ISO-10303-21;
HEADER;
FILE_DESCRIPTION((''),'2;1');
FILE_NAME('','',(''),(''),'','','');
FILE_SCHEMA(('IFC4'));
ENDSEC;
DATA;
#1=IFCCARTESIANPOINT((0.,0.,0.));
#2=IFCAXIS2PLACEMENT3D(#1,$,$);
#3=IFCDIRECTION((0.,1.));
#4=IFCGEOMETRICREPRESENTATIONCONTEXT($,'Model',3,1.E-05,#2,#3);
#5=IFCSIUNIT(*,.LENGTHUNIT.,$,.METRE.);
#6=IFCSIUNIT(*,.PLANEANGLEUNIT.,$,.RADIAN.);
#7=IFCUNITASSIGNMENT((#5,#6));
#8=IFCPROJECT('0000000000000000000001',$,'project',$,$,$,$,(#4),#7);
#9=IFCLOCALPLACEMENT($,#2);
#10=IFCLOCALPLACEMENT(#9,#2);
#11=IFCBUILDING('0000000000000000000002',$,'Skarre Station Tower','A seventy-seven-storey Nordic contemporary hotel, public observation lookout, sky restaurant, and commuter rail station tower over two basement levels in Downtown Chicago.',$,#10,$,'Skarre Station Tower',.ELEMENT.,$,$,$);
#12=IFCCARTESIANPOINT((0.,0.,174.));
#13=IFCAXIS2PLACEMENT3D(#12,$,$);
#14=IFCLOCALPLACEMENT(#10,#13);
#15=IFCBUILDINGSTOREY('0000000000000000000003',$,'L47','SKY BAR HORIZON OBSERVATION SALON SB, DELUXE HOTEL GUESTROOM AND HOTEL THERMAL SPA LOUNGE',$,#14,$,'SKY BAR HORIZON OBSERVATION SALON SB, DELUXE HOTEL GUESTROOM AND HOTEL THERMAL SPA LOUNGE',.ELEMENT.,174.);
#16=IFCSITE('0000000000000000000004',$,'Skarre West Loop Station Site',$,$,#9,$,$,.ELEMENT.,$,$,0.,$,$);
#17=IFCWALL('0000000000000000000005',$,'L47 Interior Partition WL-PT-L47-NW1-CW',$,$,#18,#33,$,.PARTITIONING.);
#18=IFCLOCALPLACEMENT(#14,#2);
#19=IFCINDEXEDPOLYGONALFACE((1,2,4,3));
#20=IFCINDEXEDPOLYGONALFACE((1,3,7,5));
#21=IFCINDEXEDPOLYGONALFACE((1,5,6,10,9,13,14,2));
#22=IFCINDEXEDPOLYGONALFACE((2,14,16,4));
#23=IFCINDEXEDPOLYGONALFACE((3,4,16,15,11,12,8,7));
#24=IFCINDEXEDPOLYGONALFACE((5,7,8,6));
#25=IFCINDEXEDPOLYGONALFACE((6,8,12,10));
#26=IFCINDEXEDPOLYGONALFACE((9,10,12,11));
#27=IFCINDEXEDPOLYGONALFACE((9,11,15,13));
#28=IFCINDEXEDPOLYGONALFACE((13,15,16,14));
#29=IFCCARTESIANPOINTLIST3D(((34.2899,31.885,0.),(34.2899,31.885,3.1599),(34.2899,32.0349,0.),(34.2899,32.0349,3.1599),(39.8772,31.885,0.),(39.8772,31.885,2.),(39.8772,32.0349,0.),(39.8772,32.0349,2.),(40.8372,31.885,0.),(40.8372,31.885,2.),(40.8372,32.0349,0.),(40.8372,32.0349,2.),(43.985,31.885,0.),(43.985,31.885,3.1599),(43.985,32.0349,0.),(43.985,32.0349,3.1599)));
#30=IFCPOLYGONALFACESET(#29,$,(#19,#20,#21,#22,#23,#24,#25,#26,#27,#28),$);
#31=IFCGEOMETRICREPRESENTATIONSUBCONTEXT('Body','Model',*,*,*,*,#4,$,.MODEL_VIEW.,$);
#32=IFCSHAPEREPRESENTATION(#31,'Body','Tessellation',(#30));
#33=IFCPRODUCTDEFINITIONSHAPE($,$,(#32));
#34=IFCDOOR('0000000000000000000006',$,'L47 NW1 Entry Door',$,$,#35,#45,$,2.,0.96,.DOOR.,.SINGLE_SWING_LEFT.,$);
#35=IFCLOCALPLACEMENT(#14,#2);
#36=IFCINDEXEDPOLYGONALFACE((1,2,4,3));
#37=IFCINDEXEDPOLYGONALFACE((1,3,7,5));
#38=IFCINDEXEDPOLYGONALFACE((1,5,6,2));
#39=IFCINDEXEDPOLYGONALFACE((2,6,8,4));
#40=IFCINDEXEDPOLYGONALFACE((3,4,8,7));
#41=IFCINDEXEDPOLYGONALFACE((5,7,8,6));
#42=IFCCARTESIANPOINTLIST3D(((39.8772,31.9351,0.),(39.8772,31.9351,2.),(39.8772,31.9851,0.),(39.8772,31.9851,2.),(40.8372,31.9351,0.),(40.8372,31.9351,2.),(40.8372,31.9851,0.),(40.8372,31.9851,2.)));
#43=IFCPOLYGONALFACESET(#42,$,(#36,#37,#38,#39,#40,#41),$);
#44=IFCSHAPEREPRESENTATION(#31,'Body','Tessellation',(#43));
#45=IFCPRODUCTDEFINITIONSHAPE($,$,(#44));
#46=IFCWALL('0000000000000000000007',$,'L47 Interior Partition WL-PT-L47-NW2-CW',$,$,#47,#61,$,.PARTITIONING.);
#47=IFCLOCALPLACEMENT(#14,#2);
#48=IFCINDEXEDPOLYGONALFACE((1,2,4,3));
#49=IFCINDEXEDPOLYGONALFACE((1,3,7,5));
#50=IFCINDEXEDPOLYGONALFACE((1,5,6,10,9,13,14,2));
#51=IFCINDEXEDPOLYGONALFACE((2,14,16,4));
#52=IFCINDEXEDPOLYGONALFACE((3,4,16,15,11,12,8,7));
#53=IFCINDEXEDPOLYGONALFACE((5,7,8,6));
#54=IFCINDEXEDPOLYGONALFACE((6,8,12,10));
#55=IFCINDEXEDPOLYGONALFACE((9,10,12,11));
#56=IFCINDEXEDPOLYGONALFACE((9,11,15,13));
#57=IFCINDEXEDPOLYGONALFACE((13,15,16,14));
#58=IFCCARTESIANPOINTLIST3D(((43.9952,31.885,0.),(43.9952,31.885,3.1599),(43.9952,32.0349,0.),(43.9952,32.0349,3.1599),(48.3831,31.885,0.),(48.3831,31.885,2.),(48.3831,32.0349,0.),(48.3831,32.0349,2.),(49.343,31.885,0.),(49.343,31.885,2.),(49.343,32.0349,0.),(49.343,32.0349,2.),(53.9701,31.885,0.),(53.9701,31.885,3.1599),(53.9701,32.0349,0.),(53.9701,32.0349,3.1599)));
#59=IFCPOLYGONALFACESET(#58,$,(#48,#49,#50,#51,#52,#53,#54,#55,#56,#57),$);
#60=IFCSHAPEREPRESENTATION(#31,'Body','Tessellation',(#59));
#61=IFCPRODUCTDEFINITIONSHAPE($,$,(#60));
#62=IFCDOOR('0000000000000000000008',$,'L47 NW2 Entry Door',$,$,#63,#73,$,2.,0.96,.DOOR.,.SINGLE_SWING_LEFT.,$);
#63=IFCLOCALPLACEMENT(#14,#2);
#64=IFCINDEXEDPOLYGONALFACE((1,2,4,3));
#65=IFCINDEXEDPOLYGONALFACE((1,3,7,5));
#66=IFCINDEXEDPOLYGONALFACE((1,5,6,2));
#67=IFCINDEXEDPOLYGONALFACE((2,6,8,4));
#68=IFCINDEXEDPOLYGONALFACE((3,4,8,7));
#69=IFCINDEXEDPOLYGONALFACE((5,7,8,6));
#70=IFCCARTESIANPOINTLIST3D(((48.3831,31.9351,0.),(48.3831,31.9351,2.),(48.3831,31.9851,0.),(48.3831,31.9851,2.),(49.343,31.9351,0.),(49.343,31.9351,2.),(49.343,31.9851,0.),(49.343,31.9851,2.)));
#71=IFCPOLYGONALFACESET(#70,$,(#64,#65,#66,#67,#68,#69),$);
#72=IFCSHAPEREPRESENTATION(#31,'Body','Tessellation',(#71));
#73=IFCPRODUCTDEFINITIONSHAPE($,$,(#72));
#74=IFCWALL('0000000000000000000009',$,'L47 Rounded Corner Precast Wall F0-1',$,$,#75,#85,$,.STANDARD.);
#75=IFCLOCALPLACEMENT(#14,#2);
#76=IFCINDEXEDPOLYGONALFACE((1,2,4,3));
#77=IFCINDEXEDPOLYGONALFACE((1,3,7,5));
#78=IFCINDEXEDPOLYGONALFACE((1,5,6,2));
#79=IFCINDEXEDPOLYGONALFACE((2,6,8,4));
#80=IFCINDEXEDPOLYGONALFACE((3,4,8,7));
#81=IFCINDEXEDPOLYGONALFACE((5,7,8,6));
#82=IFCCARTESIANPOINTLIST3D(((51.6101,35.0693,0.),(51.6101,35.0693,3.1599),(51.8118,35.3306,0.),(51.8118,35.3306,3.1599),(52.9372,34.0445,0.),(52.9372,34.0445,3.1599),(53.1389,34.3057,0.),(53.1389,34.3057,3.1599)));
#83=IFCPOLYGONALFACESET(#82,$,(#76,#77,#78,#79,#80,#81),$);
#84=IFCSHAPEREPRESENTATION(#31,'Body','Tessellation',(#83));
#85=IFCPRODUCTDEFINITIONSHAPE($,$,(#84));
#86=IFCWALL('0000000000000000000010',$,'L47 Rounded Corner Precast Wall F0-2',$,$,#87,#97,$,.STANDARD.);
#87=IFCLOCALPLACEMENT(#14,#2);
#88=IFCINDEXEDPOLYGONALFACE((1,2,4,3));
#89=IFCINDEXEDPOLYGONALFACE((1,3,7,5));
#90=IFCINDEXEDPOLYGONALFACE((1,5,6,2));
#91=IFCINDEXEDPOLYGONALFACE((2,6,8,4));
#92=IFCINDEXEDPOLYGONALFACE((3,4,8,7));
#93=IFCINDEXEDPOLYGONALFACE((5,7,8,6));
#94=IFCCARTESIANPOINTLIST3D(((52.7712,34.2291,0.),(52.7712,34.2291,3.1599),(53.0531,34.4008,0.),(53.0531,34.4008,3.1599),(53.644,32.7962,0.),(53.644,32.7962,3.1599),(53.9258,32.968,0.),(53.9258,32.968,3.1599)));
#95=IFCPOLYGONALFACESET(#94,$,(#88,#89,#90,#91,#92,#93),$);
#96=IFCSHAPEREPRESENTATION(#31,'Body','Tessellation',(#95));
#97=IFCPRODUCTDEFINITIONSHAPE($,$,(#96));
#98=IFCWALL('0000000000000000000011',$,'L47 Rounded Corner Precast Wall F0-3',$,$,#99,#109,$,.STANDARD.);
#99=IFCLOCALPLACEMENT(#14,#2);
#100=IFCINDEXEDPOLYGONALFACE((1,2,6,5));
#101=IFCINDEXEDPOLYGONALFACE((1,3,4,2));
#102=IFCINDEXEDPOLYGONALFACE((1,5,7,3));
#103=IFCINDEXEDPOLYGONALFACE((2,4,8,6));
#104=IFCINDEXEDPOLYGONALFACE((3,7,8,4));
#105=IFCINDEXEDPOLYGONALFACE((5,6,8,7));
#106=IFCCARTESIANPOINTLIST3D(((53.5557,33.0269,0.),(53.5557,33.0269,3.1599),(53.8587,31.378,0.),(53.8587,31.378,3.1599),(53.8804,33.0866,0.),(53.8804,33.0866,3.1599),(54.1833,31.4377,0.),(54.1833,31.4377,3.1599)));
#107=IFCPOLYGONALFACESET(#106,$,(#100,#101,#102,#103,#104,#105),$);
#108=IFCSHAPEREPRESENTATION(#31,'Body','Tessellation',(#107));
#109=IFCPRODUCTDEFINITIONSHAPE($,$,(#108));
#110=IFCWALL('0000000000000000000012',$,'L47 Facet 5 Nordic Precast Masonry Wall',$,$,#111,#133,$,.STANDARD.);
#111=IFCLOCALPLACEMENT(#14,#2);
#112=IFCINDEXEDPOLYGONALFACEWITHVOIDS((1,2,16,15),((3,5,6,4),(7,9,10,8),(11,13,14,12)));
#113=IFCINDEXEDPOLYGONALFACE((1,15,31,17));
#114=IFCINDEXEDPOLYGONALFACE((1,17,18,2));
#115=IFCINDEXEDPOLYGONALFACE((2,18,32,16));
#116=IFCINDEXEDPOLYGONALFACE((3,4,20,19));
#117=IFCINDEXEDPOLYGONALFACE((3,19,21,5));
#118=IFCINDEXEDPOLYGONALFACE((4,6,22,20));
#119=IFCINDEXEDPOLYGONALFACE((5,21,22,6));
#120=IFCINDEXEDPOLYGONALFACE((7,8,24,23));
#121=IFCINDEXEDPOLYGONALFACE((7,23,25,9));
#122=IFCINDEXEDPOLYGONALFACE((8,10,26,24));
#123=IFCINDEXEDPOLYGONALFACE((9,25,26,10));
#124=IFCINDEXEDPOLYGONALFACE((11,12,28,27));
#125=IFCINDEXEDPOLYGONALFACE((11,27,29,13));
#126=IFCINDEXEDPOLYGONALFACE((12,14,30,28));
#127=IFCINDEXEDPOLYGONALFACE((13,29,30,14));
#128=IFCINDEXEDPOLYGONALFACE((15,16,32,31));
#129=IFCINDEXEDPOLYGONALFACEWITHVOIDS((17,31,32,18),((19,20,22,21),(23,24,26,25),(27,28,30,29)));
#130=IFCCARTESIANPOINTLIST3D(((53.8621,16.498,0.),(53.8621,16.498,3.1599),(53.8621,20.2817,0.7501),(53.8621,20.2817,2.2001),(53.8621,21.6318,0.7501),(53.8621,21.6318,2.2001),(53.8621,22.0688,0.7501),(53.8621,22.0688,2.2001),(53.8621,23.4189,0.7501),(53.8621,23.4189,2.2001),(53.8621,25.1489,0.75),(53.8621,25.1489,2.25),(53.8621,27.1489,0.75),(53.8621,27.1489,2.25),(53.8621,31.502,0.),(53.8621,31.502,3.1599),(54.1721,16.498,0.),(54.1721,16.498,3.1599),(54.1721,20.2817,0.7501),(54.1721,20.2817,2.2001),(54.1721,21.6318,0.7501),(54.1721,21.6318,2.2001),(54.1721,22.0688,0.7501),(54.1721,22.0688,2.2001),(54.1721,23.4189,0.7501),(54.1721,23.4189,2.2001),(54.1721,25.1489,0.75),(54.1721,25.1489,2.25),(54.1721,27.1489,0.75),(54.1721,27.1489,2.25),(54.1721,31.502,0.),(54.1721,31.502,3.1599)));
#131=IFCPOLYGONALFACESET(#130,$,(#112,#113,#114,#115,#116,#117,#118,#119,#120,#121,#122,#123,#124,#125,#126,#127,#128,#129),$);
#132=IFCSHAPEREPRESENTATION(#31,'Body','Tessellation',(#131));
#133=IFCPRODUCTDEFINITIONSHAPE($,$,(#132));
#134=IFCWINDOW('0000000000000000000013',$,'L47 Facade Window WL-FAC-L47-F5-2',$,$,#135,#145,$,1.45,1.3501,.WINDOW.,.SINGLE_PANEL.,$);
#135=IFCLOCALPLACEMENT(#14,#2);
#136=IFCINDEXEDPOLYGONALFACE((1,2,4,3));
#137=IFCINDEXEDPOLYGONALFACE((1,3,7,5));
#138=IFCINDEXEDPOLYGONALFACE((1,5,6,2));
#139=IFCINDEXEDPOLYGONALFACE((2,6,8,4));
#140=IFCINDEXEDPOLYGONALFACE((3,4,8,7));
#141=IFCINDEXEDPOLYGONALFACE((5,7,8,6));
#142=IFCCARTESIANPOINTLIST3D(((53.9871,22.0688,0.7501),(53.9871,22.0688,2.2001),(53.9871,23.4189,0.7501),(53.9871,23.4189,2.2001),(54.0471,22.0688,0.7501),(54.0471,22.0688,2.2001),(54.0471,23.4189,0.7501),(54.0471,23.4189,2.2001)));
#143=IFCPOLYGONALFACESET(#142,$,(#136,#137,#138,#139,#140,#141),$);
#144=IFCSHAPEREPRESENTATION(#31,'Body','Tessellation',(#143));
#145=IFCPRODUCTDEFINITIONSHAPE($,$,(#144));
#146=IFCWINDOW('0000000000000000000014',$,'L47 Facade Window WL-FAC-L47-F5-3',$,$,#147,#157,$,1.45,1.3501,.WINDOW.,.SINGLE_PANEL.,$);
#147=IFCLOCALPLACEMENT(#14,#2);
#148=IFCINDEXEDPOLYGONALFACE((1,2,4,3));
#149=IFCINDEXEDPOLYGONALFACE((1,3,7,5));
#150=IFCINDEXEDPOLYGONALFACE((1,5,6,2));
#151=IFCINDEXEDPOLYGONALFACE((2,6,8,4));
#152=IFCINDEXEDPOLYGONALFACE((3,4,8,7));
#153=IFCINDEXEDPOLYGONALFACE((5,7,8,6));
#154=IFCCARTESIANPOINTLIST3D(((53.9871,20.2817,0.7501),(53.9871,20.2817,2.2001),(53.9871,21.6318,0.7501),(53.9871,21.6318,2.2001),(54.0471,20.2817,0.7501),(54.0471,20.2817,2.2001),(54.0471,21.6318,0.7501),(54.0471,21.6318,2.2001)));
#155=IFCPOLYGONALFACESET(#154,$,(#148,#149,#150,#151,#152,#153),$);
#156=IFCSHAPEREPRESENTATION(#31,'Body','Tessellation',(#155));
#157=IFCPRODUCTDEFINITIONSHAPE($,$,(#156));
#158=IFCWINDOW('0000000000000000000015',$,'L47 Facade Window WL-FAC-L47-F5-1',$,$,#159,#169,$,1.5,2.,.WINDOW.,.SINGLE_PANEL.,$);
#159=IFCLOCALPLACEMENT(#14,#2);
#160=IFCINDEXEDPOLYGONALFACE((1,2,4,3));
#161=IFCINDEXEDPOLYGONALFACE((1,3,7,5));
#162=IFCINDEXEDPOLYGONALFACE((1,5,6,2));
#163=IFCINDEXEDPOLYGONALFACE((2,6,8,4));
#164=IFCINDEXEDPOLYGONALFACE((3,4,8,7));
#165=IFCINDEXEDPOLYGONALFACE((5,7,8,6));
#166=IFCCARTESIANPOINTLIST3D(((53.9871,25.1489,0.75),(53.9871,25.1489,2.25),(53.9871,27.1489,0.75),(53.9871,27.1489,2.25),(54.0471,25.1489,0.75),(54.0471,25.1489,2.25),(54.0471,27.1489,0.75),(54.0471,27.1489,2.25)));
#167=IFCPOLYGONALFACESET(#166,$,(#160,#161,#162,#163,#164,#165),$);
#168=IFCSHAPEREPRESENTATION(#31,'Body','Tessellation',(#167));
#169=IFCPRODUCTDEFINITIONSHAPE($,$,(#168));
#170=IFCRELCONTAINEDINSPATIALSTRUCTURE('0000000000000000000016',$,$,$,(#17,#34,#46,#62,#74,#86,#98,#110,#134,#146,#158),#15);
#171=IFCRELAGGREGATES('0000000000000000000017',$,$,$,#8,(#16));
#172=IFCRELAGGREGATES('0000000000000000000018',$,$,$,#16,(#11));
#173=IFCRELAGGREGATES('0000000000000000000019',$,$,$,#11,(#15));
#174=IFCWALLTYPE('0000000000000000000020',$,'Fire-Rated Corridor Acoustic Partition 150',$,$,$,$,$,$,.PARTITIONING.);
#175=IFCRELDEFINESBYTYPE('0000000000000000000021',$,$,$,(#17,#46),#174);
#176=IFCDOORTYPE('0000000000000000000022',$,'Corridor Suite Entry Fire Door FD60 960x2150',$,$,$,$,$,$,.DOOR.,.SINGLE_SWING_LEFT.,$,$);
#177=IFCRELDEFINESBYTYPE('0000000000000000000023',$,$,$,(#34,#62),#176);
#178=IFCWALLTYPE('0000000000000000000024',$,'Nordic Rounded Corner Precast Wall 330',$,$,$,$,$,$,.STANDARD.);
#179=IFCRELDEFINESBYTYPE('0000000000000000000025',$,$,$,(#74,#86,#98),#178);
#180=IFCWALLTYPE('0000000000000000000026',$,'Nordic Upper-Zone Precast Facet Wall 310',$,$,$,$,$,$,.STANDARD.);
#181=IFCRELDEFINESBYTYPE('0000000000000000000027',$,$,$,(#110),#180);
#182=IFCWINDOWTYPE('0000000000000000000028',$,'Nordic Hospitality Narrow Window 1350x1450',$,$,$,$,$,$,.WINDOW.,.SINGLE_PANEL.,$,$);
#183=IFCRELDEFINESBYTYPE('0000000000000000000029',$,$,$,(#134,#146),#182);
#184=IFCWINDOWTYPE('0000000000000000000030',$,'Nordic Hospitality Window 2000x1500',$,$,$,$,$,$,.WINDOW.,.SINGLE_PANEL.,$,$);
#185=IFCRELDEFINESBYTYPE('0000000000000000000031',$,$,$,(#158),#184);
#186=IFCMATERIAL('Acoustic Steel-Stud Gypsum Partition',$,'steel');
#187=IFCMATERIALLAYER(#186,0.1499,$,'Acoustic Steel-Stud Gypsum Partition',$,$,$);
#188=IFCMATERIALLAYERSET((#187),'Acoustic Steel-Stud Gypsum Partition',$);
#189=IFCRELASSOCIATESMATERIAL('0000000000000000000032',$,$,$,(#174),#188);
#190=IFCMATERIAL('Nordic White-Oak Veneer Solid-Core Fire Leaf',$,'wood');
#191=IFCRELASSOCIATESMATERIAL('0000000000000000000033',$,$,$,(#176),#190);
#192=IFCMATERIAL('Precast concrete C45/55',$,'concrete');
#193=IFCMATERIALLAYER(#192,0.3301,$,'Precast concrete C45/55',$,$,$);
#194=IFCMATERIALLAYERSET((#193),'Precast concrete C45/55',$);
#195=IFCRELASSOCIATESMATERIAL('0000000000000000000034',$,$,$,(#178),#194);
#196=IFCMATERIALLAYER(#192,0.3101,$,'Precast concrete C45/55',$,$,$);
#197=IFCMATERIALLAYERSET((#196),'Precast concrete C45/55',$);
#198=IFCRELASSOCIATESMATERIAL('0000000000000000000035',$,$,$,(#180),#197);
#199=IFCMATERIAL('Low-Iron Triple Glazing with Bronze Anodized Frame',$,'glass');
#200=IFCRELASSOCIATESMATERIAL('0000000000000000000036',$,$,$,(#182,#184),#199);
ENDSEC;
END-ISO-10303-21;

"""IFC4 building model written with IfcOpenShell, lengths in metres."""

from ifc_helpers import new_model, si_unit, direction, frame, frame_2d, origin, place, context, subcontext, project, spatial, rectangle, extrude, material, layer, layer_set, type_object, element, fill, save


model = new_model("IFC4")

# Units and contexts
model_context = context("Model", 3, precision=1e-05, world=origin(), true_north=direction((0.0, 1.0)))
body_context = subcontext(model_context, "Body", "Model", "MODEL_VIEW")
ifc_project = project(units=[si_unit("LENGTHUNIT", "METRE"), si_unit("PLANEANGLEUNIT", "RADIAN")], contexts=[model_context])

# Site, building, storey
site_placement = place(None, origin())
site = spatial("IfcSite", under=ifc_project, at=site_placement, Name="Skarre West Loop Station Site", CompositionType="ELEMENT", RefElevation=0.0)
building_placement = place(site_placement, origin())
building = spatial("IfcBuilding", under=site, at=building_placement, Name="Skarre Station Tower", Description="A seventy-seven-storey Nordic contemporary hotel, public observation lookout, sky restaurant, and commuter rail station tower over two basement levels in Downtown Chicago.", LongName="Skarre Station Tower", CompositionType="ELEMENT")
storey_placement = place(building_placement, frame((0.0, 0.0, 174.0)))
storey = spatial("IfcBuildingStorey", under=building, at=storey_placement, Name="L47", Description="SKY BAR HORIZON OBSERVATION SALON SB, DELUXE HOTEL GUESTROOM AND HOTEL THERMAL SPA LOUNGE", LongName="SKY BAR HORIZON OBSERVATION SALON SB, DELUXE HOTEL GUESTROOM AND HOTEL THERMAL SPA LOUNGE", CompositionType="ELEMENT", Elevation=174.0)

# Walls, openings, doors
ifc_material_1 = material(Name="Acoustic Steel-Stud Gypsum Partition", Category="steel")
ifc_layer_1 = layer(ifc_material_1, 0.1499, Name="Acoustic Steel-Stud Gypsum Partition")
ifc_layer_set_1 = layer_set([ifc_layer_1], Name="Acoustic Steel-Stud Gypsum Partition")
wall_type_1 = type_object("IfcWallType", Name="Fire-Rated Corridor Acoustic Partition 150", PredefinedType="PARTITIONING", material=ifc_layer_set_1)
wall_1_placement = place(storey_placement, frame((43.9851, 31.96, 0.0), z_axis=(0.0, 0.0, 1.0), x_axis=(-1.0, 0.0, 0.0)))
wall_1 = element("IfcWall", 1, at=wall_1_placement, inside=storey, type_object=wall_type_1, Name="L47 Interior Partition WL-PT-L47-NW1-CW", PredefinedType="PARTITIONING", context=body_context, shape_type="SweptSolid", body=[
    extrude(rectangle(XDim=9.6951, YDim=0.1499, at=frame_2d((4.8477, 0.0))), origin(), (0.0, 0.0, 1.0), 3.1599),
])
opening_1_placement = place(wall_1_placement, frame((3.1479, 0.0, 0.0)))
opening_1 = element("IfcOpeningElement", 2, at=opening_1_placement, cuts=wall_1, PredefinedType="OPENING", context=body_context, shape_type="SweptSolid", body=[
    extrude(rectangle(XDim=0.96, YDim=2.0, at=frame_2d((0.48, 1.0))), frame((0.0, 0.085, 0.0), z_axis=(0.0, -1.0, 0.0), x_axis=(1.0, 0.0, 0.0)), (0.0, 0.0, 1.0), 0.1699),
])
ifc_material_2 = material(Name="Nordic White-Oak Veneer Solid-Core Fire Leaf", Category="wood")
door_type = type_object("IfcDoorType", Name="Corridor Suite Entry Fire Door FD60 960x2150", OperationType="SINGLE_SWING_LEFT", PredefinedType="DOOR", material=ifc_material_2)
door_1_placement = place(opening_1_placement, origin())
door_1 = element("IfcDoor", 3, at=door_1_placement, inside=storey, type_object=door_type, Name="L47 NW1 Entry Door", OperationType="SINGLE_SWING_LEFT", OverallHeight=2.0, OverallWidth=0.96, PredefinedType="DOOR", context=body_context, shape_type="SweptSolid", body=[
    extrude(rectangle(XDim=0.96, YDim=2.0, at=frame_2d((0.48, 1.0))), frame((0.0, 0.0249, 0.0), z_axis=(0.0, -1.0, 0.0), x_axis=(1.0, 0.0, 0.0)), (0.0, 0.0, 1.0), 0.05),
])
fill(opening_1, door_1)
wall_2_placement = place(storey_placement, frame((53.97, 31.96, 0.0), z_axis=(0.0, 0.0, 1.0), x_axis=(-1.0, 0.0, 0.0)))
wall_2 = element("IfcWall", 4, at=wall_2_placement, inside=storey, type_object=wall_type_1, Name="L47 Interior Partition WL-PT-L47-NW2-CW", PredefinedType="PARTITIONING", context=body_context, shape_type="SweptSolid", body=[
    extrude(rectangle(XDim=9.9749, YDim=0.1499, at=frame_2d((4.9873, 0.0))), origin(), (0.0, 0.0, 1.0), 3.1599),
])
opening_2_placement = place(wall_2_placement, frame((4.627, 0.0, 0.0)))
opening_2 = element("IfcOpeningElement", 5, at=opening_2_placement, cuts=wall_2, PredefinedType="OPENING", context=body_context, shape_type="SweptSolid", body=[
    extrude(rectangle(XDim=0.96, YDim=2.0, at=frame_2d((0.48, 1.0))), frame((0.0, 0.085, 0.0), z_axis=(0.0, -1.0, 0.0), x_axis=(1.0, 0.0, 0.0)), (0.0, 0.0, 1.0), 0.1699),
])
door_2_placement = place(opening_2_placement, origin())
door_2 = element("IfcDoor", 6, at=door_2_placement, inside=storey, type_object=door_type, Name="L47 NW2 Entry Door", OperationType="SINGLE_SWING_LEFT", OverallHeight=2.0, OverallWidth=0.96, PredefinedType="DOOR", context=body_context, shape_type="SweptSolid", body=[
    extrude(rectangle(XDim=0.96, YDim=2.0, at=frame_2d((0.48, 1.0))), frame((0.0, 0.0249, 0.0), z_axis=(0.0, -1.0, 0.0), x_axis=(1.0, 0.0, 0.0)), (0.0, 0.0, 1.0), 0.05),
])
fill(opening_2, door_2)

# Walls
ifc_material_3 = material(Name="Precast concrete C45/55", Category="concrete")
ifc_layer_2 = layer(ifc_material_3, 0.3301, Name="Precast concrete C45/55")
ifc_layer_set_2 = layer_set([ifc_layer_2], Name="Precast concrete C45/55")
wall_type_2 = type_object("IfcWallType", Name="Nordic Rounded Corner Precast Wall 330", PredefinedType="STANDARD", material=ifc_layer_set_2)
wall_3_placement = place(storey_placement, frame((51.7109, 35.2, 0.0), z_axis=(0.0, 0.0, 1.0), x_axis=(0.791464, -0.611215, 0.0)))
element("IfcWall", 7, at=wall_3_placement, inside=storey, type_object=wall_type_2, Name="L47 Rounded Corner Precast Wall F0-1", PredefinedType="STANDARD", context=body_context, shape_type="SweptSolid", body=[
    extrude(rectangle(XDim=1.6768, YDim=0.3301, at=frame_2d((0.8384, 0.0))), origin(), (0.0, 0.0, 1.0), 3.1599),
])
wall_4_placement = place(storey_placement, frame((52.9121, 34.3149, 0.0), z_axis=(0.0, 0.0, 1.0), x_axis=(0.520219, -0.854033, 0.0)))
element("IfcWall", 8, at=wall_4_placement, inside=storey, type_object=wall_type_2, Name="L47 Rounded Corner Precast Wall F0-2", PredefinedType="STANDARD", context=body_context, shape_type="SweptSolid", body=[
    extrude(rectangle(XDim=1.6777, YDim=0.3301, at=frame_2d((0.8389, 0.0))), origin(), (0.0, 0.0, 1.0), 3.1599),
])
wall_5_placement = place(storey_placement, frame((53.718, 33.0569, 0.0), z_axis=(0.0, 0.0, 1.0), x_axis=(0.180718, -0.983535, 0.0)))
element("IfcWall", 9, at=wall_5_placement, inside=storey, type_object=wall_type_2, Name="L47 Rounded Corner Precast Wall F0-3", PredefinedType="STANDARD", context=body_context, shape_type="SweptSolid", body=[
    extrude(rectangle(XDim=1.6765, YDim=0.3301, at=frame_2d((0.8384, 0.0))), origin(), (0.0, 0.0, 1.0), 3.1599),
])

# Wall, openings, windows
ifc_layer_3 = layer(ifc_material_3, 0.3101, Name="Precast concrete C45/55")
ifc_layer_set_3 = layer_set([ifc_layer_3], Name="Precast concrete C45/55")
wall_type_3 = type_object("IfcWallType", Name="Nordic Upper-Zone Precast Facet Wall 310", PredefinedType="STANDARD", material=ifc_layer_set_3)
wall_6_placement = place(storey_placement, frame((54.0171, 31.502, 0.0), z_axis=(0.0, 0.0, 1.0), x_axis=(0.0, -1.0, 0.0)))
wall_6 = element("IfcWall", 10, at=wall_6_placement, inside=storey, type_object=wall_type_3, Name="L47 Facet 5 Nordic Precast Masonry Wall", PredefinedType="STANDARD", context=body_context, shape_type="SweptSolid", body=[
    extrude(rectangle(XDim=15.0039, YDim=0.3101, at=frame_2d((7.502, 0.0))), origin(), (0.0, 0.0, 1.0), 3.1599),
])
opening_3_placement = place(wall_6_placement, frame((4.353, 0.0, 0.75)))
opening_3 = element("IfcOpeningElement", 11, at=opening_3_placement, cuts=wall_6, PredefinedType="OPENING", context=body_context, shape_type="SweptSolid", body=[
    extrude(rectangle(XDim=2.0, YDim=1.5, at=frame_2d((1.0, 0.75))), frame((0.0, 0.165, 0.0), z_axis=(0.0, -1.0, 0.0), x_axis=(1.0, 0.0, 0.0)), (0.0, 0.0, 1.0), 0.3301),
])
opening_4_placement = place(wall_6_placement, frame((8.083, 0.0, 0.75)))
opening_4 = element("IfcOpeningElement", 12, at=opening_4_placement, cuts=wall_6, PredefinedType="OPENING", context=body_context, shape_type="SweptSolid", body=[
    extrude(rectangle(XDim=1.3501, YDim=1.45, at=frame_2d((0.675, 0.7251))), frame((0.0, 0.165, 0.0), z_axis=(0.0, -1.0, 0.0), x_axis=(1.0, 0.0, 0.0)), (0.0, 0.0, 1.0), 0.3301),
])
opening_5_placement = place(wall_6_placement, frame((9.8701, 0.0, 0.75)))
opening_5 = element("IfcOpeningElement", 13, at=opening_5_placement, cuts=wall_6, PredefinedType="OPENING", context=body_context, shape_type="SweptSolid", body=[
    extrude(rectangle(XDim=1.3501, YDim=1.45, at=frame_2d((0.675, 0.7251))), frame((0.0, 0.165, 0.0), z_axis=(0.0, -1.0, 0.0), x_axis=(1.0, 0.0, 0.0)), (0.0, 0.0, 1.0), 0.3301),
])
ifc_material_4 = material(Name="Low-Iron Triple Glazing with Bronze Anodized Frame", Category="glass")
window_type_1 = type_object("IfcWindowType", Name="Nordic Hospitality Narrow Window 1350x1450", PartitioningType="SINGLE_PANEL", PredefinedType="WINDOW", material=ifc_material_4)
window_1_placement = place(opening_4_placement, origin())
window_1 = element("IfcWindow", 14, at=window_1_placement, inside=storey, type_object=window_type_1, Name="L47 Facade Window WL-FAC-L47-F5-2", OverallHeight=1.45, OverallWidth=1.3501, PartitioningType="SINGLE_PANEL", PredefinedType="WINDOW", context=body_context, shape_type="SweptSolid", body=[
    extrude(rectangle(XDim=1.3501, YDim=1.45, at=frame_2d((0.675, 0.7251))), frame((0.0, 0.03, 0.0), z_axis=(0.0, -1.0, 0.0), x_axis=(1.0, 0.0, 0.0)), (0.0, 0.0, 1.0), 0.0601),
])
fill(opening_4, window_1)
window_2_placement = place(opening_5_placement, origin())
window_2 = element("IfcWindow", 15, at=window_2_placement, inside=storey, type_object=window_type_1, Name="L47 Facade Window WL-FAC-L47-F5-3", OverallHeight=1.45, OverallWidth=1.3501, PartitioningType="SINGLE_PANEL", PredefinedType="WINDOW", context=body_context, shape_type="SweptSolid", body=[
    extrude(rectangle(XDim=1.3501, YDim=1.45, at=frame_2d((0.675, 0.7251))), frame((0.0, 0.03, 0.0), z_axis=(0.0, -1.0, 0.0), x_axis=(1.0, 0.0, 0.0)), (0.0, 0.0, 1.0), 0.0601),
])
fill(opening_5, window_2)
window_type_2 = type_object("IfcWindowType", Name="Nordic Hospitality Window 2000x1500", PartitioningType="SINGLE_PANEL", PredefinedType="WINDOW", material=ifc_material_4)
window_3_placement = place(opening_3_placement, origin())
window_3 = element("IfcWindow", 16, at=window_3_placement, inside=storey, type_object=window_type_2, Name="L47 Facade Window WL-FAC-L47-F5-1", OverallHeight=1.5, OverallWidth=2.0, PartitioningType="SINGLE_PANEL", PredefinedType="WINDOW", context=body_context, shape_type="SweptSolid", body=[
    extrude(rectangle(XDim=2.0, YDim=1.5, at=frame_2d((1.0, 0.75))), frame((0.0, 0.03, 0.0), z_axis=(0.0, -1.0, 0.0), x_axis=(1.0, 0.0, 0.0)), (0.0, 0.0, 1.0), 0.0601),
])
fill(opening_3, window_3)

save(model, "model.ifc")
